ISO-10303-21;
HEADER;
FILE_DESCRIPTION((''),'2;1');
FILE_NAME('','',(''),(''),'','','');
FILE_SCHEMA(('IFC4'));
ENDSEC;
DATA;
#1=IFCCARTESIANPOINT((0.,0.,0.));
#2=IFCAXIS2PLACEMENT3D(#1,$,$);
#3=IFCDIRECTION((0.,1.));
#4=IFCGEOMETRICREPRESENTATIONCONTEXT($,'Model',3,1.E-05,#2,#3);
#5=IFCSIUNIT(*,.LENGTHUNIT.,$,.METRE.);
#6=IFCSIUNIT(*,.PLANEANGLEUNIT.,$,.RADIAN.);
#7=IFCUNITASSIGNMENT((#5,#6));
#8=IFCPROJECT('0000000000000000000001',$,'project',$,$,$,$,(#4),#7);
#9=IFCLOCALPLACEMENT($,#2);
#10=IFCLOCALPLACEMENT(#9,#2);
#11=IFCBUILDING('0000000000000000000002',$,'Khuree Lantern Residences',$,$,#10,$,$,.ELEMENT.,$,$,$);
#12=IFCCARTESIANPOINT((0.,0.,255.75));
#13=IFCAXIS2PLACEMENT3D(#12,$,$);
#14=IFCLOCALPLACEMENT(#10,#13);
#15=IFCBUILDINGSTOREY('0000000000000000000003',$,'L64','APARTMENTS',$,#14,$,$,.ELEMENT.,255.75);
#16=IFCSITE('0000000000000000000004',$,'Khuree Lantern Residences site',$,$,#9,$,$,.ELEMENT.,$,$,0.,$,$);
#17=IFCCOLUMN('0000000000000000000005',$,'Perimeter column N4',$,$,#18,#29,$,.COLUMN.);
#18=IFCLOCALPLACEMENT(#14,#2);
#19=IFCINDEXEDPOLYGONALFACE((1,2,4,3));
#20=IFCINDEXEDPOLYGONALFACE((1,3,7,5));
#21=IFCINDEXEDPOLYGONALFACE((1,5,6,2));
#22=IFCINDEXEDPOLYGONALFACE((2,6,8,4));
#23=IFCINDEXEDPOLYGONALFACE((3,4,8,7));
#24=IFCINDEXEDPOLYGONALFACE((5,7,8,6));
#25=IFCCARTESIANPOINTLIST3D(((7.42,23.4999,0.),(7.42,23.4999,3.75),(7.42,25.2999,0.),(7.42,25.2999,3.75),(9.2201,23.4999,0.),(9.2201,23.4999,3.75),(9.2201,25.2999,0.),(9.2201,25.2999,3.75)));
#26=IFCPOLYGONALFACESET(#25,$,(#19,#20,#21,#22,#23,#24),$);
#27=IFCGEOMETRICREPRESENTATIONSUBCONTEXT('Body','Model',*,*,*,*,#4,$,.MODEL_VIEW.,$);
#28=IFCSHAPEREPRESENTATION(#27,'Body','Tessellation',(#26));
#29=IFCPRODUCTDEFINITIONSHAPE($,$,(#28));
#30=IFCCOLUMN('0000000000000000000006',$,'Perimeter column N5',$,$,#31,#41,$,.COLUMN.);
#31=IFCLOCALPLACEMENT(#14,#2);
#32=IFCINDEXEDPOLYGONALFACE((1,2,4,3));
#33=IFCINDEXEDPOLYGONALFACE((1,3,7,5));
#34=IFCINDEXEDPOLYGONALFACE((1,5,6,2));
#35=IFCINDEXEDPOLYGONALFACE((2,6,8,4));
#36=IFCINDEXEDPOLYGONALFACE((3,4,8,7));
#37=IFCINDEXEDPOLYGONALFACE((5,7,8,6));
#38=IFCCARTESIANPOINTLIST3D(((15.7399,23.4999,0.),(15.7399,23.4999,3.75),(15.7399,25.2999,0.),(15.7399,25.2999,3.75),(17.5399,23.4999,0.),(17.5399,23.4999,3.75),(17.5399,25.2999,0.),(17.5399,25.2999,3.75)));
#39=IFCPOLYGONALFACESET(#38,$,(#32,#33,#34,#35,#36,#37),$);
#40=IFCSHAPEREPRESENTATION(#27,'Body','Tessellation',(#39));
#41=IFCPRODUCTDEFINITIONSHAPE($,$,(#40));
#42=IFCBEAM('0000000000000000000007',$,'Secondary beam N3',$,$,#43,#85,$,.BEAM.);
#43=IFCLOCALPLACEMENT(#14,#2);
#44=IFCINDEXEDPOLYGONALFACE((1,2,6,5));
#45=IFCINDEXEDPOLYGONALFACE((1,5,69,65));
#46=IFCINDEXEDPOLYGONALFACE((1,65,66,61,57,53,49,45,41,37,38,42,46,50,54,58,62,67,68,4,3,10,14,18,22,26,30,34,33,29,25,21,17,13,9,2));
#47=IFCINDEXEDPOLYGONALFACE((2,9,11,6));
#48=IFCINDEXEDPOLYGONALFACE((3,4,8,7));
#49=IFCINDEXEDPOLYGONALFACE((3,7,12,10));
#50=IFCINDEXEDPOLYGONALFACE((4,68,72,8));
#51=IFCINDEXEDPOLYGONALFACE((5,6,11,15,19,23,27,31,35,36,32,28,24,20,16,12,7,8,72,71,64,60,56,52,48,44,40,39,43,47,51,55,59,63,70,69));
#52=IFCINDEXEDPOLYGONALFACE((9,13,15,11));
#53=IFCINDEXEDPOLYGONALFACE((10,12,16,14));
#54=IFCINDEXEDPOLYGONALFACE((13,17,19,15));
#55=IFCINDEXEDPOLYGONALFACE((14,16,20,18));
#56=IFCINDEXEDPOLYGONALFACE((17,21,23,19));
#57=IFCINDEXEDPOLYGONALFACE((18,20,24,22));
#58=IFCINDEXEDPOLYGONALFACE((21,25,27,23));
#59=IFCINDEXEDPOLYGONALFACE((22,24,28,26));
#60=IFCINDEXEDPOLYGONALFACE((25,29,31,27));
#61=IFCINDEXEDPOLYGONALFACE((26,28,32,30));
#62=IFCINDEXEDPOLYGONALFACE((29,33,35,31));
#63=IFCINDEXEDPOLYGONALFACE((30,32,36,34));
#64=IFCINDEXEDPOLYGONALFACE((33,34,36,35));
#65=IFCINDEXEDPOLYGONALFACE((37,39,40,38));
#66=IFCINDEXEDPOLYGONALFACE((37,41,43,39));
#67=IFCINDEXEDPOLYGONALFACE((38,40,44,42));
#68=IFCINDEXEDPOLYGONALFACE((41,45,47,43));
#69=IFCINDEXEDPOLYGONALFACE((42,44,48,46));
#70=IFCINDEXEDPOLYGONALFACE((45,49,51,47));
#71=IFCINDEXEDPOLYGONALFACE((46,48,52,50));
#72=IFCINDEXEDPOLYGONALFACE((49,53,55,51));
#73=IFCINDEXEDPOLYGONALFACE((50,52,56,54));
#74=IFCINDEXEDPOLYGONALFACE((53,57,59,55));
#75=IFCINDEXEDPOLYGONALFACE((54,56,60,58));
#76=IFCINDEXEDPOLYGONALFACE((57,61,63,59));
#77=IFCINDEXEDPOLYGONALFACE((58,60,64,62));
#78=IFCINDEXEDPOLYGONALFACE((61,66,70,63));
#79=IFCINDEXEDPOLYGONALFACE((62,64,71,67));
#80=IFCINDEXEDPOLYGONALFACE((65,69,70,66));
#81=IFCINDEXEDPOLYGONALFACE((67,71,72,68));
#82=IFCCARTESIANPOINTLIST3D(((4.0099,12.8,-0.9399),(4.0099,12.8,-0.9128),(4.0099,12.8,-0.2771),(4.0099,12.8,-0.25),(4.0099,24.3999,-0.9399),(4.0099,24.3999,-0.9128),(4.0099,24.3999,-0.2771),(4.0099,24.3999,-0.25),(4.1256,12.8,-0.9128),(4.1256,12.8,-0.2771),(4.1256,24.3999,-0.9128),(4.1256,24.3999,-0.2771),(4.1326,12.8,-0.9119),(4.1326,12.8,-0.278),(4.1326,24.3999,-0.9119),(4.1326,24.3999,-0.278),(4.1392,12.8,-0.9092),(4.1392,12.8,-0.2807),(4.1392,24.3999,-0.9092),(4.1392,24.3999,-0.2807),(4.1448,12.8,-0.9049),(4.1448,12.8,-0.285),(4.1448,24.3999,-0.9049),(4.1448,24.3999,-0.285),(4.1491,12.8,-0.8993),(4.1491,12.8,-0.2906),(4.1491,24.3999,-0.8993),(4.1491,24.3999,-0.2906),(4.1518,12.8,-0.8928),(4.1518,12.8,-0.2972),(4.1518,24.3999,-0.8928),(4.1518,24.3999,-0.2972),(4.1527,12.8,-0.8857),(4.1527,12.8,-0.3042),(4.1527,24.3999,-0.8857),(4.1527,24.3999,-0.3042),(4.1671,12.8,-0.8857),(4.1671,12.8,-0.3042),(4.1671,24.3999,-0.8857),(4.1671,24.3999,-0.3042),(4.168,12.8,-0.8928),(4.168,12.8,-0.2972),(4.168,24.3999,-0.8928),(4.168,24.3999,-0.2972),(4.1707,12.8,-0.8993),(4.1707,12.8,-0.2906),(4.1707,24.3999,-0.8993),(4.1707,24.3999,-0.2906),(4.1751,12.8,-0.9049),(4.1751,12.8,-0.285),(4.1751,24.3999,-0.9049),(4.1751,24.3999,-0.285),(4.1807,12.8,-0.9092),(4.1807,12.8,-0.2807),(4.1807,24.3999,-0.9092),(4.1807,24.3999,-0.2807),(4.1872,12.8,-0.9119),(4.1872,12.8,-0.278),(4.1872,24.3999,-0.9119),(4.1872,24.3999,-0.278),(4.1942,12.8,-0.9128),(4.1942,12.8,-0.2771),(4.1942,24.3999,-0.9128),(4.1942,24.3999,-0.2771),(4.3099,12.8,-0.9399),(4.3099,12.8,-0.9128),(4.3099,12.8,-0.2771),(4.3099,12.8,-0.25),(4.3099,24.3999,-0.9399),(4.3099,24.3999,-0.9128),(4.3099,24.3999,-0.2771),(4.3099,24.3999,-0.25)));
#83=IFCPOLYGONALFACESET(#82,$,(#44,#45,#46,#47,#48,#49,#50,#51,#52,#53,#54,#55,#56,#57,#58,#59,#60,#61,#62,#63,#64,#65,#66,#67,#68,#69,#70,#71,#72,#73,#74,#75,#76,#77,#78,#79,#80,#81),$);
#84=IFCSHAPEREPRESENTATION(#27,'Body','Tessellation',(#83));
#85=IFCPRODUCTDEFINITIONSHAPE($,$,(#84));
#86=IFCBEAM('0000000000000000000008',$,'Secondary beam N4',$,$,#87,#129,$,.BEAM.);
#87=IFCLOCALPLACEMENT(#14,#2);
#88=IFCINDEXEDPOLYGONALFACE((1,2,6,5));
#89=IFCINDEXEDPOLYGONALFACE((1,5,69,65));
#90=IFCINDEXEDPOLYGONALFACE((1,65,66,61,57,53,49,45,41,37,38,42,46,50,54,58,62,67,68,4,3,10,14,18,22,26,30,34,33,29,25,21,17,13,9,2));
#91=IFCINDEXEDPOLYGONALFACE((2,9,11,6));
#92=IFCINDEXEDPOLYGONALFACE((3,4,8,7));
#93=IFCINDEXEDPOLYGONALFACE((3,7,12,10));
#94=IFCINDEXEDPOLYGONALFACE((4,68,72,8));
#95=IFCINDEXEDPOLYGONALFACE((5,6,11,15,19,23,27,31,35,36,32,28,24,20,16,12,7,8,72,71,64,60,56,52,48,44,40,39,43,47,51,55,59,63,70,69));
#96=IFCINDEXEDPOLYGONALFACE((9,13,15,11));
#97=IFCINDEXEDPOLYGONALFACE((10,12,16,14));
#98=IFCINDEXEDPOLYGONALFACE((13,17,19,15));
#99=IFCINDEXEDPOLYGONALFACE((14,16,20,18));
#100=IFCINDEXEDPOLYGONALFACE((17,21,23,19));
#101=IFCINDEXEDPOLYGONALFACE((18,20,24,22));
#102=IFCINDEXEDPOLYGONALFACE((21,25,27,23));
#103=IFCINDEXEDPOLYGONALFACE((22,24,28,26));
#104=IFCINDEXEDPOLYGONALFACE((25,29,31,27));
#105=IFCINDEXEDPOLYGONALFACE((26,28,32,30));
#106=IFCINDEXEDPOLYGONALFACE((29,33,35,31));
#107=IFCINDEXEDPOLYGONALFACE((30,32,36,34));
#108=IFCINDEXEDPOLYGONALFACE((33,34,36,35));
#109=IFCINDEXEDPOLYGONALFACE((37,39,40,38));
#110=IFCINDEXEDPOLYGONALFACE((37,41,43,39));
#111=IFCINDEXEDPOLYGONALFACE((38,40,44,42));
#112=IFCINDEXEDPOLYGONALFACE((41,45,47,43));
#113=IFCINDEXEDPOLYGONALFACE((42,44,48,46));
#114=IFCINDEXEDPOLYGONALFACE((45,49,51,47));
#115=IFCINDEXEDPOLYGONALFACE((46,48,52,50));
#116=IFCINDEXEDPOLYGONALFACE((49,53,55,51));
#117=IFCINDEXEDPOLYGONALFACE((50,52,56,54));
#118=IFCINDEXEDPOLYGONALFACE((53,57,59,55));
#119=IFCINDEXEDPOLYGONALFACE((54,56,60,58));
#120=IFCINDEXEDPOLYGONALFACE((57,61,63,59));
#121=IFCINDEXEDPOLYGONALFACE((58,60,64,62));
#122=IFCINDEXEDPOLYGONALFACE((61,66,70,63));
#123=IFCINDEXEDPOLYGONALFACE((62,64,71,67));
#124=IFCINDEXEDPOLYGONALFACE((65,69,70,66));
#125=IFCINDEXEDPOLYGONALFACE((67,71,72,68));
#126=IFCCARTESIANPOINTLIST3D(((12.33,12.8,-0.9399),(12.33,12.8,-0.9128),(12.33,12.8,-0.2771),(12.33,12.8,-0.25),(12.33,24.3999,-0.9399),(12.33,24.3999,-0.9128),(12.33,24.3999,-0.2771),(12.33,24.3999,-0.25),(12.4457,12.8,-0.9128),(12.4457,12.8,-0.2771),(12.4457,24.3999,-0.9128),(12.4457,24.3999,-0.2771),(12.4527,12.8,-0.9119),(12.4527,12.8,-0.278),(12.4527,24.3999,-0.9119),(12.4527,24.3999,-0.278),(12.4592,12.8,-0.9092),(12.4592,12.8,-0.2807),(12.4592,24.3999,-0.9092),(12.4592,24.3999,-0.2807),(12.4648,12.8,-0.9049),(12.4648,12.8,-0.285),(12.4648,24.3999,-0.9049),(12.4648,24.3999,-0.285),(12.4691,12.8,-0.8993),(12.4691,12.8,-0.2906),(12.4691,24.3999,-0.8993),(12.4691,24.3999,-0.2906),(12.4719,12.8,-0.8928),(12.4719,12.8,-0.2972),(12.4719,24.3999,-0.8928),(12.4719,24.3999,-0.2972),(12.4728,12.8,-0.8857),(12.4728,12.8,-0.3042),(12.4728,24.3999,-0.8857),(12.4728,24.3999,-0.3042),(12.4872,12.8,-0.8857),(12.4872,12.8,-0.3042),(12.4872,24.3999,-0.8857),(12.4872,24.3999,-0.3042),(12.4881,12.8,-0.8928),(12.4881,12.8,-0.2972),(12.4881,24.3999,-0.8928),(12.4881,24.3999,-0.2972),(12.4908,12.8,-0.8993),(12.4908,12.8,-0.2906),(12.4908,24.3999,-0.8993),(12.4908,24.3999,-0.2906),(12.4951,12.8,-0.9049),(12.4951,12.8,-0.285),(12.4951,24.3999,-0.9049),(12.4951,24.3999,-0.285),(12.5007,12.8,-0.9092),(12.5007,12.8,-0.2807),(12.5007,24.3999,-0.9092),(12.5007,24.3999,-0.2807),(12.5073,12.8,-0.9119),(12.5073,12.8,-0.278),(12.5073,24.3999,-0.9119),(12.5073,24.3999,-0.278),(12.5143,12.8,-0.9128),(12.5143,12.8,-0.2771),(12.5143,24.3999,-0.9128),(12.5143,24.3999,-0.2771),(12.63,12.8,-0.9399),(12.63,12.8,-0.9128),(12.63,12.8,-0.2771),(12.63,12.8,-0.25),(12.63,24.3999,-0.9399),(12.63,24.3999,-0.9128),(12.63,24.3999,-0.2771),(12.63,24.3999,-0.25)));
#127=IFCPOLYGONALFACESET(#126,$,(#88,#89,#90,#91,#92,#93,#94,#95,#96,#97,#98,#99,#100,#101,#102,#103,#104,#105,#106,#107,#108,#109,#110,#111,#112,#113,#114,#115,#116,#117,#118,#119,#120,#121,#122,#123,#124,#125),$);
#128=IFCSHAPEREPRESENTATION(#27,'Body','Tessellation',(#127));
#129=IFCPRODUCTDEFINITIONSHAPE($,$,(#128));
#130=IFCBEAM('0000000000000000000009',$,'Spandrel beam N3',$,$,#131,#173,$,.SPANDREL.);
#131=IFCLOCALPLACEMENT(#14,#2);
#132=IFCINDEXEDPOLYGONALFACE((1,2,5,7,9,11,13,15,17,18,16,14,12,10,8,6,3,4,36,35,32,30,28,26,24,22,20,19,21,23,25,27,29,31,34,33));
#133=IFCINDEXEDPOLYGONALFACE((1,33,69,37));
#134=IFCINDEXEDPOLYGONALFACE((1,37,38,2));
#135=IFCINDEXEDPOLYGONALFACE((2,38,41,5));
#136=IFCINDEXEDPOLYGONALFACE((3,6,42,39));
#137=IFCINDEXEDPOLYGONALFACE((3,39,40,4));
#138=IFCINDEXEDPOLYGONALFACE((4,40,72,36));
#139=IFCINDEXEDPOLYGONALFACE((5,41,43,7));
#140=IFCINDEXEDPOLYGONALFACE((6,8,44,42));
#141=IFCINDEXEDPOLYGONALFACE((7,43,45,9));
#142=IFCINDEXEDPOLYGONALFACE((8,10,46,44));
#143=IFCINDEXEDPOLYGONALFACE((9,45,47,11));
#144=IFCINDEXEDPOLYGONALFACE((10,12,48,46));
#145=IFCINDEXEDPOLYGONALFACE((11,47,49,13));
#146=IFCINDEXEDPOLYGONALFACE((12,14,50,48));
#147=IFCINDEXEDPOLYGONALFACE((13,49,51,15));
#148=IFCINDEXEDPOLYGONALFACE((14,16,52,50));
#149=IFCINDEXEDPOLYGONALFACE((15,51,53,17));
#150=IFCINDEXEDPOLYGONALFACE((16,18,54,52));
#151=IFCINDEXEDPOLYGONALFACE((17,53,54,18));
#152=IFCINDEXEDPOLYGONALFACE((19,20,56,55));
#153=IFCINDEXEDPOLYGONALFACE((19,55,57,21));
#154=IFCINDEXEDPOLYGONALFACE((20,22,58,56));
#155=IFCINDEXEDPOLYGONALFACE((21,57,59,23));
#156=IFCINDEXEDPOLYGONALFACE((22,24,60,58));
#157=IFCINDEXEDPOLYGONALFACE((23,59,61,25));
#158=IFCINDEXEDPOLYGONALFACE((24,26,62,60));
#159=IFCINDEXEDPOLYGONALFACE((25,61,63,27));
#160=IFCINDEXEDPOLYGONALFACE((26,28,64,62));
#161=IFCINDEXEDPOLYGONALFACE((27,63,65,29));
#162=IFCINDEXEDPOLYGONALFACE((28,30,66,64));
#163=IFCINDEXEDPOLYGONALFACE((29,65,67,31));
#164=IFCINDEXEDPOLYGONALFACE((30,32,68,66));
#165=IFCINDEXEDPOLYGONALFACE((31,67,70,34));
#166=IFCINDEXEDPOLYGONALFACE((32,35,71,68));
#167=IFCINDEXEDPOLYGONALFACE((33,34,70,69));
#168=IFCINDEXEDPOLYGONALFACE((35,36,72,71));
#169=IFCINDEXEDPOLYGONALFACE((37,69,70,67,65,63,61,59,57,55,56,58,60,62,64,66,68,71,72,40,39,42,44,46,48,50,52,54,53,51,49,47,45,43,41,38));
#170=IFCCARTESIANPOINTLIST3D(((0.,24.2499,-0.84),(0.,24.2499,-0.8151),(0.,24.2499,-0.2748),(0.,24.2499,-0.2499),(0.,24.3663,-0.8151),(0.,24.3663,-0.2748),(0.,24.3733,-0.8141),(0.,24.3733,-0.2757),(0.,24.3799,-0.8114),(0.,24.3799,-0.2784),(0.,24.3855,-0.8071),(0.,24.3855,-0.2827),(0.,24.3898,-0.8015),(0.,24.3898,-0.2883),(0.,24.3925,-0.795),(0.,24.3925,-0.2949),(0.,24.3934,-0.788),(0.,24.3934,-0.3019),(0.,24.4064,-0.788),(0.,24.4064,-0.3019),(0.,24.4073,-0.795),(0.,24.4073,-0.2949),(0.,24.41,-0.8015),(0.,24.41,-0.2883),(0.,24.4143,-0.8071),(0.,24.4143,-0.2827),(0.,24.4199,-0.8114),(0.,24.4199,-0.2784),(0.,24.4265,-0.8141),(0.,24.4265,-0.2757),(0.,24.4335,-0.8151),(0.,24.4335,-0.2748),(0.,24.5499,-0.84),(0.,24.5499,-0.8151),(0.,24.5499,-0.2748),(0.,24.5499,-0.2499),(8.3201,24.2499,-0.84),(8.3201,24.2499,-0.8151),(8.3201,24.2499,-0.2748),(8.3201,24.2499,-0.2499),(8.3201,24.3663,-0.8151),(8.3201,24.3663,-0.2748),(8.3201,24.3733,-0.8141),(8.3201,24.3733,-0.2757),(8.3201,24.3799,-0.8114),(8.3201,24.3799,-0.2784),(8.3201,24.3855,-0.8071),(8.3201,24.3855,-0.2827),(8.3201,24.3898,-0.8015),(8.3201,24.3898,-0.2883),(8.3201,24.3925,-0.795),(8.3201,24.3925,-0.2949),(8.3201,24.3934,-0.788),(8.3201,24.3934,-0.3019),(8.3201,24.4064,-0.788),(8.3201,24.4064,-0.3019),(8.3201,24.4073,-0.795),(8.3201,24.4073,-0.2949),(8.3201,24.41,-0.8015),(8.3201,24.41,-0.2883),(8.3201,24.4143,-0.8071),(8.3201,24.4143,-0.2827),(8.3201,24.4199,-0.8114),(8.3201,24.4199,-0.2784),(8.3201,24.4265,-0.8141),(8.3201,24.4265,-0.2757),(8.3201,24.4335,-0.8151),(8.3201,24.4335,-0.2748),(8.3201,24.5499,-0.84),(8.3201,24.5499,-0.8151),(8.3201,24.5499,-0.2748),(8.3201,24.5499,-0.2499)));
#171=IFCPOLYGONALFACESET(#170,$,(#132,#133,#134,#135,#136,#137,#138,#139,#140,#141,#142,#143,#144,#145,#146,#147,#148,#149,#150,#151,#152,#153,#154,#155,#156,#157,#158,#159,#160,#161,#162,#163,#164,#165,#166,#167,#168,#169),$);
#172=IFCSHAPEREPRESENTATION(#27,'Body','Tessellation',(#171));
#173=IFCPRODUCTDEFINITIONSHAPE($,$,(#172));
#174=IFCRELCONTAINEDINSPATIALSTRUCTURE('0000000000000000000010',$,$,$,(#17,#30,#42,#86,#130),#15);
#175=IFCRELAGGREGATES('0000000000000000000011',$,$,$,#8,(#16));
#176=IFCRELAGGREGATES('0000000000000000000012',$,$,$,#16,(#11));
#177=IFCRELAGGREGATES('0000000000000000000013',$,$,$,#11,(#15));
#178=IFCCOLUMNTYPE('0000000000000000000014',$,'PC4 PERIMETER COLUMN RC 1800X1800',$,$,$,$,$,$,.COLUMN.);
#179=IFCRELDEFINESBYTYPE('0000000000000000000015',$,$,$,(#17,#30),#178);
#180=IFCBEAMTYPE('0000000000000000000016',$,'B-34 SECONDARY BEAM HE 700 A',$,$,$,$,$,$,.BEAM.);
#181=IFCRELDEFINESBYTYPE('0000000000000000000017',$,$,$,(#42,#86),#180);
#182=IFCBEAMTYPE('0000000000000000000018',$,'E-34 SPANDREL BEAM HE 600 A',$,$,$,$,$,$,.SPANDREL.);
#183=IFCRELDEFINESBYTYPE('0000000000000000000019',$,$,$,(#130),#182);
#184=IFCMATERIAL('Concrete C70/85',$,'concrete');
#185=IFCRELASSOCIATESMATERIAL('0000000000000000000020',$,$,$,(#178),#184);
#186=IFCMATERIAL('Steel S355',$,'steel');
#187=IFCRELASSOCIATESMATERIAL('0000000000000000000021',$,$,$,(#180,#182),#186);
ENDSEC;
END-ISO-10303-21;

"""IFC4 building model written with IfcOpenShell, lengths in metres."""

from ifc_helpers import new_model, si_unit, direction, frame, origin, origin_2d, place, context, subcontext, project, spatial, rectangle, i_section, extrude, material, material_profile, profile_set, type_object, element, save


model = new_model("IFC4")

# Units and contexts
model_context = context("Model", 3, precision=1e-05, world=origin(), true_north=direction((0.0, 1.0)))
body_context = subcontext(model_context, "Body", "Model", "MODEL_VIEW")
ifc_project = project(units=[si_unit("LENGTHUNIT", "METRE"), si_unit("PLANEANGLEUNIT", "RADIAN")], contexts=[model_context])

# Site, building, storey
site_placement = place(None, origin())
site = spatial("IfcSite", under=ifc_project, at=site_placement, Name="Khuree Lantern Residences site", CompositionType="ELEMENT", RefElevation=0.0)
building_placement = place(site_placement, origin())
building = spatial("IfcBuilding", under=site, at=building_placement, Name="Khuree Lantern Residences", CompositionType="ELEMENT")
storey_placement = place(building_placement, frame((0.0, 0.0, 255.75)))
storey = spatial("IfcBuildingStorey", under=building, at=storey_placement, Name="L64", Description="APARTMENTS", CompositionType="ELEMENT", Elevation=255.75)

# Columns
ifc_material_1 = material(Name="Concrete C70/85", Category="concrete")
ifc_material_profile_1 = material_profile(ifc_material_1, rectangle(XDim=1.8, YDim=1.8, at=origin_2d()), Name="RC 1800X1800")
ifc_profile_set_1 = profile_set([ifc_material_profile_1], Name="Concrete C70/85")
column_type = type_object("IfcColumnType", Name="PC4 PERIMETER COLUMN RC 1800X1800", PredefinedType="COLUMN", material=ifc_profile_set_1)
for number, where, z_axis, x_axis, name in (
    (1, (8.3201, 24.3999, 0.0), (0.0, 0.0, 1.0), (1.0, 0.0, 0.0), "Perimeter column N4"),
    (2, (16.6399, 24.3999, 0.0), (0.0, 0.0, 1.0), (1.0, 0.0, 0.0), "Perimeter column N5"),
):
    element("IfcColumn", number, at=place(storey_placement, frame(where, z_axis=z_axis, x_axis=x_axis)), inside=storey, type_object=column_type, Name=name, PredefinedType="COLUMN", context=body_context, shape_type="SweptSolid", body=[
        extrude(rectangle(XDim=1.8, YDim=1.8, at=origin_2d()), origin(), (0.0, 0.0, 1.0), 3.75),
    ])

# Beams
ifc_material_2 = material(Name="Steel S355", Category="steel")
ifc_material_profile_2 = material_profile(ifc_material_2, i_section(OverallWidth=0.3, OverallDepth=0.6899, WebThickness=0.0144, FlangeThickness=0.0271, FilletRadius=0.0271, at=origin_2d()), Name="HE 700 A")
ifc_profile_set_2 = profile_set([ifc_material_profile_2], Name="Steel S355")
beam_type_1 = type_object("IfcBeamType", Name="B-34 SECONDARY BEAM HE 700 A", PredefinedType="BEAM", material=ifc_profile_set_2)
for number, where, z_axis, x_axis, name in (
    (3, (4.1599, 24.3999, -0.595), (0.0, -1.0, 0.0), (1.0, 0.0, 0.0), "Secondary beam N3"),
    (4, (12.48, 24.3999, -0.595), (0.0, -1.0, 0.0), (1.0, 0.0, 0.0), "Secondary beam N4"),
):
    element("IfcBeam", number, at=place(storey_placement, frame(where, z_axis=z_axis, x_axis=x_axis)), inside=storey, type_object=beam_type_1, Name=name, PredefinedType="BEAM", context=body_context, shape_type="SweptSolid", body=[
        extrude(i_section(OverallWidth=0.3, OverallDepth=0.6899, WebThickness=0.0144, FlangeThickness=0.0271, FilletRadius=0.0271, at=origin_2d()), origin(), (0.0, 0.0, 1.0), 11.5999),
    ])
ifc_material_profile_3 = material_profile(ifc_material_2, i_section(OverallWidth=0.3, OverallDepth=0.5901, WebThickness=0.0129, FlangeThickness=0.0249, FilletRadius=0.0271, at=origin_2d()), Name="HE 600 A")
ifc_profile_set_3 = profile_set([ifc_material_profile_3], Name="Steel S355")
beam_type_2 = type_object("IfcBeamType", Name="E-34 SPANDREL BEAM HE 600 A", PredefinedType="SPANDREL", material=ifc_profile_set_3)
beam_1_placement = place(storey_placement, frame((0.0, 24.3999, -0.5449), z_axis=(1.0, 0.0, 0.0), x_axis=(0.0, 1.0, 0.0)))
element("IfcBeam", 5, at=beam_1_placement, inside=storey, type_object=beam_type_2, Name="Spandrel beam N3", PredefinedType="SPANDREL", context=body_context, shape_type="SweptSolid", body=[
    extrude(i_section(OverallWidth=0.3, OverallDepth=0.5901, WebThickness=0.0129, FlangeThickness=0.0249, FilletRadius=0.0271, at=origin_2d()), origin(), (0.0, 0.0, 1.0), 8.3201),
])

save(model, "model.ifc")
